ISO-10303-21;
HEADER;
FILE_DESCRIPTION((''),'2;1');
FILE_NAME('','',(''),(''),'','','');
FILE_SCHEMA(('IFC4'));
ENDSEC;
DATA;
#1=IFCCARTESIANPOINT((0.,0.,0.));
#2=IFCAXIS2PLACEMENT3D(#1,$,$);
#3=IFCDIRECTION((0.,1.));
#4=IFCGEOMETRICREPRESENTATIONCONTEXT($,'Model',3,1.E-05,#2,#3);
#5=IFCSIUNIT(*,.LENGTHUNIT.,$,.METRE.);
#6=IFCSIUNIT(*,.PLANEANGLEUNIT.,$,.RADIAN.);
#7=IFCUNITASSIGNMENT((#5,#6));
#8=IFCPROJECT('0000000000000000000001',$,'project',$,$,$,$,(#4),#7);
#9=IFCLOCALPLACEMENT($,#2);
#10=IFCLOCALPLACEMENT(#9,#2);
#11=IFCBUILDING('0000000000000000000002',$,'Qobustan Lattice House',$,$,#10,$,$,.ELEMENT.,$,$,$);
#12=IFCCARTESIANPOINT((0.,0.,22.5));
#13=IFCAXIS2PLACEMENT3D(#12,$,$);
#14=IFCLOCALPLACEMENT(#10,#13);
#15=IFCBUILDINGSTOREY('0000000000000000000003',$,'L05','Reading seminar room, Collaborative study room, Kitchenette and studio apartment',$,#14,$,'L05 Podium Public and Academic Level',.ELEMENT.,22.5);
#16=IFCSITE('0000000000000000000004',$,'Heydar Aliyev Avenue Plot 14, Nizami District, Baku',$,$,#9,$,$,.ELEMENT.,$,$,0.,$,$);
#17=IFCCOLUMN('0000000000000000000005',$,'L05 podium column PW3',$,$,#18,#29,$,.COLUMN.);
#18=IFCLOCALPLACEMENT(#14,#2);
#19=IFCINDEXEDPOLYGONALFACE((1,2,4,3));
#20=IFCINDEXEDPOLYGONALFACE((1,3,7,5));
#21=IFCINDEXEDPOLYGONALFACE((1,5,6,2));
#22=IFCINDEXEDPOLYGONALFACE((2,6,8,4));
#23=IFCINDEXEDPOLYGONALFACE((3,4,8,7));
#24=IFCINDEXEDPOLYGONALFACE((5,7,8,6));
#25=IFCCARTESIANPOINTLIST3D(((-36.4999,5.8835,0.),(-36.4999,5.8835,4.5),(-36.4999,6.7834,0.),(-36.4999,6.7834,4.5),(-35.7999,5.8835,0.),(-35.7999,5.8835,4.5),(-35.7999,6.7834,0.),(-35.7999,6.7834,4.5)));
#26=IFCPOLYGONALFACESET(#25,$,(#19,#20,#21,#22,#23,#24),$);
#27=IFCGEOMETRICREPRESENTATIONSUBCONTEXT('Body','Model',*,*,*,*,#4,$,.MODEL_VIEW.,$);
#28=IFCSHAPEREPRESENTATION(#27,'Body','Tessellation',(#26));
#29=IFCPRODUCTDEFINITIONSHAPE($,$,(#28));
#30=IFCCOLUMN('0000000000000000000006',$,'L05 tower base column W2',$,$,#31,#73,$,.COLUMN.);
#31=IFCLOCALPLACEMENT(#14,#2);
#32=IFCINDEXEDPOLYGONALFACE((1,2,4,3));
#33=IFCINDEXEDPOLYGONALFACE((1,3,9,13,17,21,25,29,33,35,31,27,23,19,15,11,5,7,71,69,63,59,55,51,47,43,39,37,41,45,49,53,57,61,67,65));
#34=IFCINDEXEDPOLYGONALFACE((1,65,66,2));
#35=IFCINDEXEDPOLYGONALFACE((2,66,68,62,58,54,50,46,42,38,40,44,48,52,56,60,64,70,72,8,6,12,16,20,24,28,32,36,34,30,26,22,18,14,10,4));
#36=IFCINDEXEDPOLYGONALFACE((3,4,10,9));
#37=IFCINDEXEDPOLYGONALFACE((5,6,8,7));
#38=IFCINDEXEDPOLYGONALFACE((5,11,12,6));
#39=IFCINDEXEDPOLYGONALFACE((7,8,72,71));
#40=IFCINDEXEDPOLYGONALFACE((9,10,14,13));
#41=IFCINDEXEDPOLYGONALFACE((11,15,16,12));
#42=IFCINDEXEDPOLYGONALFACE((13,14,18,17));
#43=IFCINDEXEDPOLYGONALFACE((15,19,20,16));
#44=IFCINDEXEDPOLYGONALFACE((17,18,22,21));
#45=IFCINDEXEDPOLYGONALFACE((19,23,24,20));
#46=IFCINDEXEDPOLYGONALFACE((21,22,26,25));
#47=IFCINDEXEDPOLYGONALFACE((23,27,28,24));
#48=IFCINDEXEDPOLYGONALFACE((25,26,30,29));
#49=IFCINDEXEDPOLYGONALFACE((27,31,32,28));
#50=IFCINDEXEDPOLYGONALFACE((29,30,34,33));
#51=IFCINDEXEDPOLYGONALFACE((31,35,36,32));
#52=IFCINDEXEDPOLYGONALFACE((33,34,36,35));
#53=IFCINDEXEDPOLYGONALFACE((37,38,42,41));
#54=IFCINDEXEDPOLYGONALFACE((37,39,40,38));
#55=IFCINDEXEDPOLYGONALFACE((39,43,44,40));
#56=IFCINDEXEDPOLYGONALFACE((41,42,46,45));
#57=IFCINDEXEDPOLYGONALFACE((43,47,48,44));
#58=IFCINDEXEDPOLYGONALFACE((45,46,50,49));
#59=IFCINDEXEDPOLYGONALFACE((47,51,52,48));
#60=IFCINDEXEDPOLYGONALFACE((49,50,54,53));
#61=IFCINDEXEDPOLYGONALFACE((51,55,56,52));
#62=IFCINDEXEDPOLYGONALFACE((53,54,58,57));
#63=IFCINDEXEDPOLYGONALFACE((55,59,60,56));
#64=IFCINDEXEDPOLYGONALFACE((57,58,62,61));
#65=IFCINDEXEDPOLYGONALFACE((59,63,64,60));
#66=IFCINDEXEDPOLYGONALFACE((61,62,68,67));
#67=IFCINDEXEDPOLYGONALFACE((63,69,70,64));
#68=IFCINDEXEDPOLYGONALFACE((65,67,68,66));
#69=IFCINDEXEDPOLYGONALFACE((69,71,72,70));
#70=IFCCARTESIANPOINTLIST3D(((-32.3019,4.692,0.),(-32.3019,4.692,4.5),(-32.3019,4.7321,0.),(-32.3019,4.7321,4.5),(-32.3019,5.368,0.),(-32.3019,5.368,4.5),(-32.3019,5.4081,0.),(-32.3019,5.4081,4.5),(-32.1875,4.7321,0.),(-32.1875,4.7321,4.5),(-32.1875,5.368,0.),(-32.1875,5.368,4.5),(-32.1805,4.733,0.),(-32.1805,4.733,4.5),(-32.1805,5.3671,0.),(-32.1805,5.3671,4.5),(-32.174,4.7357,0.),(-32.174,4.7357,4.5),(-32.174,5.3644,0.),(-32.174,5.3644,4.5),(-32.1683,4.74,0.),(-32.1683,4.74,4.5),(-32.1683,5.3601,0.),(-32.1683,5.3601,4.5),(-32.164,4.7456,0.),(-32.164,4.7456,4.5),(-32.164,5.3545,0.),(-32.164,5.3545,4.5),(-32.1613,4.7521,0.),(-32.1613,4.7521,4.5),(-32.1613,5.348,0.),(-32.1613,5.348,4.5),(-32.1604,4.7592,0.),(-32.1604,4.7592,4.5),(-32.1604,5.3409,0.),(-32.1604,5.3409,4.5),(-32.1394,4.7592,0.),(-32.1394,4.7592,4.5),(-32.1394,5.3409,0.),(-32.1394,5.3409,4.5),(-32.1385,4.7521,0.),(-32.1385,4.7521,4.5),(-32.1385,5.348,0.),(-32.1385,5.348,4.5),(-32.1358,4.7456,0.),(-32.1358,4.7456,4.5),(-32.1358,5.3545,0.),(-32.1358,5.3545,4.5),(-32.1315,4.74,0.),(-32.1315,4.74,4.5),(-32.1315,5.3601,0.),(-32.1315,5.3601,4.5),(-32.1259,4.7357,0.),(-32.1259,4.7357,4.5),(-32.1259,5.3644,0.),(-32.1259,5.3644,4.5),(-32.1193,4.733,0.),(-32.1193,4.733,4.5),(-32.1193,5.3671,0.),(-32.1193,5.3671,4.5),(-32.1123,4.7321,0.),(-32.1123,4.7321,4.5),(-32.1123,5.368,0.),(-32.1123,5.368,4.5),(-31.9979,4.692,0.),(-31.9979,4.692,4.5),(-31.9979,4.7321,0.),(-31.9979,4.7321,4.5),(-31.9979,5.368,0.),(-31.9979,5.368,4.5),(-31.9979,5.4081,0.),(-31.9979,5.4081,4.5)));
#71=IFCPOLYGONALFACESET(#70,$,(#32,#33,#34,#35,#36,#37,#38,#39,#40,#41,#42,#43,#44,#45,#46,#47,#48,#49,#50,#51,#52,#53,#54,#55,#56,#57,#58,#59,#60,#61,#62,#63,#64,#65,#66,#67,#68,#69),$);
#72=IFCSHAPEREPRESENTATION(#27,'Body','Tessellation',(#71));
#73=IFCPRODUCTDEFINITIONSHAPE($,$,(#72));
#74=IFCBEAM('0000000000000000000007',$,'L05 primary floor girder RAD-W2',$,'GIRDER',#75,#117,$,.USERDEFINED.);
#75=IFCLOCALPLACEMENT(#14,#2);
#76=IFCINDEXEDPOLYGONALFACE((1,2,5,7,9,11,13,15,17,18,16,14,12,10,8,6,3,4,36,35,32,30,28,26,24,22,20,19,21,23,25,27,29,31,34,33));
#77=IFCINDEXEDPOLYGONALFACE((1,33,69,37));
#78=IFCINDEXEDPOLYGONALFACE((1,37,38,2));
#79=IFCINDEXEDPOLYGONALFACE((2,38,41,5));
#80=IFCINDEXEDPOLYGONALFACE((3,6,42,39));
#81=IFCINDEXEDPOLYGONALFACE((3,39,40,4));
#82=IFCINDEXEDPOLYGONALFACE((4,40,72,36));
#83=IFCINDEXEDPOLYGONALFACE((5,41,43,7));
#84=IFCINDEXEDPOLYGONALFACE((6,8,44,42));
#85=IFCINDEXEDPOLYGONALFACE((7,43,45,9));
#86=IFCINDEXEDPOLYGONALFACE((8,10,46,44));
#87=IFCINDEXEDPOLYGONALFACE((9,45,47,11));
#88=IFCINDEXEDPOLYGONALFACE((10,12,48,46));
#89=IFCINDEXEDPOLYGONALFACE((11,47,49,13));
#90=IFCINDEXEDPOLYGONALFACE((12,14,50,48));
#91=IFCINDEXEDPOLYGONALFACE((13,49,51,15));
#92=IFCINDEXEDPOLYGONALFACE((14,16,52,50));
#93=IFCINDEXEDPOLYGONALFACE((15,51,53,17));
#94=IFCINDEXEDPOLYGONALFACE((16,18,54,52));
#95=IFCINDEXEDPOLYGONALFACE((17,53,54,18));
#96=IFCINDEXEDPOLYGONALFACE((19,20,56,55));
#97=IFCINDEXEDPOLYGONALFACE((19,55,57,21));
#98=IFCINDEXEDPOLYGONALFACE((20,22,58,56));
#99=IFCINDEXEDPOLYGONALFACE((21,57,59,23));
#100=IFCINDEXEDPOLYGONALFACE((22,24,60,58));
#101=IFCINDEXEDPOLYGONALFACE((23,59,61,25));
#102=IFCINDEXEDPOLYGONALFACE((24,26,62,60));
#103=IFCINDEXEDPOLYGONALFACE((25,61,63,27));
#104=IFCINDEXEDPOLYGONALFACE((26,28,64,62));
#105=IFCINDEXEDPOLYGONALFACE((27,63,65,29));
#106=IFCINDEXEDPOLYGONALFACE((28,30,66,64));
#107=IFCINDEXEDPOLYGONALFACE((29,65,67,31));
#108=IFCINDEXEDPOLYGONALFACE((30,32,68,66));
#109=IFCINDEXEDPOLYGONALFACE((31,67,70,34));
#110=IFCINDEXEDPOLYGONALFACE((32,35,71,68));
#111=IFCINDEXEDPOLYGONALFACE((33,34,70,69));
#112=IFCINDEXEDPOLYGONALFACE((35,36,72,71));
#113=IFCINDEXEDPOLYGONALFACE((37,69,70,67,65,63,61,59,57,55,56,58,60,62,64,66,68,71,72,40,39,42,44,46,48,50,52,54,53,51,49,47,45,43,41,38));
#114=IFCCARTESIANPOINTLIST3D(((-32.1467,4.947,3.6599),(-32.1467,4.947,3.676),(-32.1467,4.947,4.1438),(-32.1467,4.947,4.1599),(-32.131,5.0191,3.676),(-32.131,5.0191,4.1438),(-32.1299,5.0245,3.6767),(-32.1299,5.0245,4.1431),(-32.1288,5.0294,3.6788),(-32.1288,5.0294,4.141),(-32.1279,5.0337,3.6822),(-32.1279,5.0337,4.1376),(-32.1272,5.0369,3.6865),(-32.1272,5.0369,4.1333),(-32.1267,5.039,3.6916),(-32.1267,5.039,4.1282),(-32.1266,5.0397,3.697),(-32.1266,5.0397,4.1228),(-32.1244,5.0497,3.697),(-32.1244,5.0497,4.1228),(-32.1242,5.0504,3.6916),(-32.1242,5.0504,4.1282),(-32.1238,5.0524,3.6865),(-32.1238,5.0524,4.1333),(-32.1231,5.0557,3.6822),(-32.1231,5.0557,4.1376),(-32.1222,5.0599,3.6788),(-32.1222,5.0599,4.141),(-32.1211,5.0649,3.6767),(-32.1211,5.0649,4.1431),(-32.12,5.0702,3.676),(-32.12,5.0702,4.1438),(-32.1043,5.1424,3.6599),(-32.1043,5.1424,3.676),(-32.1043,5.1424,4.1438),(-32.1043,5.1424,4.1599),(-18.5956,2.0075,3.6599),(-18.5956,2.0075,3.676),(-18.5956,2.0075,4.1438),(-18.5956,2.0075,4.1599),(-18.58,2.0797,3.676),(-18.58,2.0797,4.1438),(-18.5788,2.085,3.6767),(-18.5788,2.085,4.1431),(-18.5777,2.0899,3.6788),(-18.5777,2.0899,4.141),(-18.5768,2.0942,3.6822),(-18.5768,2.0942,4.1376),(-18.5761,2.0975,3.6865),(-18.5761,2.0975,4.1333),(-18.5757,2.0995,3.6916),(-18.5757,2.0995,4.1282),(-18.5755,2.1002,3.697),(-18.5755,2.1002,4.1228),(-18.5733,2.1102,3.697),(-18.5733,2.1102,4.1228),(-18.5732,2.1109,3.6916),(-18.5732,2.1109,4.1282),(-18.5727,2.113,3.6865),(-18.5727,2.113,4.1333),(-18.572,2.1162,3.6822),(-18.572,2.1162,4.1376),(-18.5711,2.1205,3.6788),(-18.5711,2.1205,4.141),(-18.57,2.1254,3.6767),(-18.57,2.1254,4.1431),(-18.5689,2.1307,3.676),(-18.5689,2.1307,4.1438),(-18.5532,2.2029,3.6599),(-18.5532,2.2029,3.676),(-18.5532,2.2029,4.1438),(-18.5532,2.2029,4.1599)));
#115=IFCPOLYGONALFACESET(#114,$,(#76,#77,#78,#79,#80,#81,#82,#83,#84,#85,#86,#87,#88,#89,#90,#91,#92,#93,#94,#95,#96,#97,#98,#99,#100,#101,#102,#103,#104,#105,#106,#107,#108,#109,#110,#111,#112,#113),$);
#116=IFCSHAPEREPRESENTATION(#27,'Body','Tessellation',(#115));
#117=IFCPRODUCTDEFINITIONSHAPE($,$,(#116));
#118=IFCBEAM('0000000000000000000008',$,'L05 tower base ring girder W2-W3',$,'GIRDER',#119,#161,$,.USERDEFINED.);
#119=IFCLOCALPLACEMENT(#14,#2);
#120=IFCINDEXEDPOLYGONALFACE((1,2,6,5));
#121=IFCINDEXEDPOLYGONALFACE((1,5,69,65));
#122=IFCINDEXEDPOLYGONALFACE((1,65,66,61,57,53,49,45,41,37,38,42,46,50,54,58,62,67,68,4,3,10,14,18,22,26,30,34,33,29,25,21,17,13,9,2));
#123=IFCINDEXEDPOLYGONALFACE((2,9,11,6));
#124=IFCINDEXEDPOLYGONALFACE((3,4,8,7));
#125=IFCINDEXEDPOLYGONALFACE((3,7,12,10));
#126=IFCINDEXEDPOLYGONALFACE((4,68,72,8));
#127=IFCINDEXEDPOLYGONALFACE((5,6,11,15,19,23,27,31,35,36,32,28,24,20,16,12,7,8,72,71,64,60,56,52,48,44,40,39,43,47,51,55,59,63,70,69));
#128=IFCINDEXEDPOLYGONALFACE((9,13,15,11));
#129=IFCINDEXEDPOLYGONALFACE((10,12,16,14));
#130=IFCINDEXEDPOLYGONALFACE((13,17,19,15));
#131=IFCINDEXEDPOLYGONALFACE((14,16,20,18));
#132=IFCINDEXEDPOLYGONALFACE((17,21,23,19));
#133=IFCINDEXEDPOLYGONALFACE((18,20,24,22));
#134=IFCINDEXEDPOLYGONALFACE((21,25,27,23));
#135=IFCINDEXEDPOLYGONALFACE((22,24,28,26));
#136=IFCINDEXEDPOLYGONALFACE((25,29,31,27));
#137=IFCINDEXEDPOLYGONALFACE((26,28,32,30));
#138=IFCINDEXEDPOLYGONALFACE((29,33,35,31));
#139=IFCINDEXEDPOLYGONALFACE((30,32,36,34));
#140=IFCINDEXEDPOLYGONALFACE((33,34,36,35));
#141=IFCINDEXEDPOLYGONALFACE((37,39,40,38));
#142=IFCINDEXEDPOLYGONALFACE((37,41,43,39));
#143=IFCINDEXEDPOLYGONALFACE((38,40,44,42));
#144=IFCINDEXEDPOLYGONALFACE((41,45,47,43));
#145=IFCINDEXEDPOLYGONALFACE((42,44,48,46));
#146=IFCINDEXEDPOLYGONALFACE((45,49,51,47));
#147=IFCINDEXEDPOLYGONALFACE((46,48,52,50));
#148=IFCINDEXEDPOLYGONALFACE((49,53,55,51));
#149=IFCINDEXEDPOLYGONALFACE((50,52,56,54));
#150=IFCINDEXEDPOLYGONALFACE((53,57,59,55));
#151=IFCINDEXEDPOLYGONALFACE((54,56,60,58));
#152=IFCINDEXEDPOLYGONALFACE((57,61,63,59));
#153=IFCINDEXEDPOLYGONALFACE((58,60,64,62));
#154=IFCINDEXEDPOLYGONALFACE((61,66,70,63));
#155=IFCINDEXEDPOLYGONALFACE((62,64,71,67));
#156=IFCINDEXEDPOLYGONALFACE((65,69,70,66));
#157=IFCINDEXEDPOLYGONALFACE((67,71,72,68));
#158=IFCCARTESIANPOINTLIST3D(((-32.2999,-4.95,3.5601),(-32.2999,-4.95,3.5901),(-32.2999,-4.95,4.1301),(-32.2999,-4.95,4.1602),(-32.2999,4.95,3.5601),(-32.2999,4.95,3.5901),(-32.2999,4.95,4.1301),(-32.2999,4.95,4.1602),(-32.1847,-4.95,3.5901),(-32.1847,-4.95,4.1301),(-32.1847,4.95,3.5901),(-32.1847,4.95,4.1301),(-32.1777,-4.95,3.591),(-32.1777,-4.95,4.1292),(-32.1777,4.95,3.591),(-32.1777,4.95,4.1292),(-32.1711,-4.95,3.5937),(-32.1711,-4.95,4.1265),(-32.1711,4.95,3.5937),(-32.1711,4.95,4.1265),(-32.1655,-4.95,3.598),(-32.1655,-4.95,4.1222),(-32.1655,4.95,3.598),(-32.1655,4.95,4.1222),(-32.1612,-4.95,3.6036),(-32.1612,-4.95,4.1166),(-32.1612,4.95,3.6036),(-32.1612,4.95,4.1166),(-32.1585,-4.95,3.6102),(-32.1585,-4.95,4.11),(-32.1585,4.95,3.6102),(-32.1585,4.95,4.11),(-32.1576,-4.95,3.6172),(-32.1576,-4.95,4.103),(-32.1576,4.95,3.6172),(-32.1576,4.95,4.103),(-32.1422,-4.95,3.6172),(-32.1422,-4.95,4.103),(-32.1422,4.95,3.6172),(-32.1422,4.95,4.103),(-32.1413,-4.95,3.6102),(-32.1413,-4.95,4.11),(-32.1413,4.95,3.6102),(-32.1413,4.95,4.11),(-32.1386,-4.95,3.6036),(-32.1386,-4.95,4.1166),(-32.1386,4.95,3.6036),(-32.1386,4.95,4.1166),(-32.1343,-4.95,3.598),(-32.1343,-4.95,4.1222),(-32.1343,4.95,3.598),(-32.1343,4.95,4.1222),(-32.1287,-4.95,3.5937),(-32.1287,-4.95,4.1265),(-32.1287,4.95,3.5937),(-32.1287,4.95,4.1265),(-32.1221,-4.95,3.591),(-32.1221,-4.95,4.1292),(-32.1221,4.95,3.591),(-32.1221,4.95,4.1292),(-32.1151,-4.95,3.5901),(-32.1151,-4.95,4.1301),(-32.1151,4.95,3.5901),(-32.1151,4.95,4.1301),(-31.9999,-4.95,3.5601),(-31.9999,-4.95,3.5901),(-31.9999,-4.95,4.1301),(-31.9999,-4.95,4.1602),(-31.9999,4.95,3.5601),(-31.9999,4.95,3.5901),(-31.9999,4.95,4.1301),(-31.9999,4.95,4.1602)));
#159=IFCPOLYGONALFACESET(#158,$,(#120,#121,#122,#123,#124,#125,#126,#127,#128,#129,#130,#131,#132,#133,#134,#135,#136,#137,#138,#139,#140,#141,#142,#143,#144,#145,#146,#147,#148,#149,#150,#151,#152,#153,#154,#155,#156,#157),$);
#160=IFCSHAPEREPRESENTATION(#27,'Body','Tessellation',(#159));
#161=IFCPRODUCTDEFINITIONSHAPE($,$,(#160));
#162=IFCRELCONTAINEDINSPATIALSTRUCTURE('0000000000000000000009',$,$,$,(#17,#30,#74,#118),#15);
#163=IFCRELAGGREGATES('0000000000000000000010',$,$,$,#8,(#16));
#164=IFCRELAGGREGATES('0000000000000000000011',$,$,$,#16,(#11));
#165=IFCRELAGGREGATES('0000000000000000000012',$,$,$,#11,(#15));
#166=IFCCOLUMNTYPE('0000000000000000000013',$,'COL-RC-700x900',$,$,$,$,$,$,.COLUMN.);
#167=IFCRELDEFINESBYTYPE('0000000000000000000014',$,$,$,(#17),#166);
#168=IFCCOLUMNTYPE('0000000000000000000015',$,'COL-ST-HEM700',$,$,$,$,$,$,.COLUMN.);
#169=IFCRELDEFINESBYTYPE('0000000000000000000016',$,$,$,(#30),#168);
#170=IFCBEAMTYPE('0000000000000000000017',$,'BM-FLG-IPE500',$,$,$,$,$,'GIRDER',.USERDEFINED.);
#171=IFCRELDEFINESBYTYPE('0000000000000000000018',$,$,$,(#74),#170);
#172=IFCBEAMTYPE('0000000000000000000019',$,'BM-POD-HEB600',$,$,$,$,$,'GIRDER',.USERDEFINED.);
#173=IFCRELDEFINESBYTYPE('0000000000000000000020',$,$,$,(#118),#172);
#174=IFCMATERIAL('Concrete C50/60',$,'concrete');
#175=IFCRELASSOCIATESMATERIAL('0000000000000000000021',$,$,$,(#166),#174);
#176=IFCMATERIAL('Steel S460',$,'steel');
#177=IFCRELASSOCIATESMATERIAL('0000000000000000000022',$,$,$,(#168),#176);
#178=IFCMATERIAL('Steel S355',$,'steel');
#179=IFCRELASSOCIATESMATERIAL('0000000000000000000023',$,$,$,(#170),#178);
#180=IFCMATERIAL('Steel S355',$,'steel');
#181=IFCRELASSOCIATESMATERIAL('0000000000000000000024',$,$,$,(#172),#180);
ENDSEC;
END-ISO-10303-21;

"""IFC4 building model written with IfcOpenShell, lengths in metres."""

from ifc_helpers import new_model, si_unit, direction, frame, origin, origin_2d, place, context, subcontext, project, spatial, rectangle, i_section, extrude, material, material_profile, profile_set, type_object, element, save


model = new_model("IFC4")

# Units and contexts
model_context = context("Model", 3, precision=1e-05, world=origin(), true_north=direction((0.0, 1.0)))
body_context = subcontext(model_context, "Body", "Model", "MODEL_VIEW")
ifc_project = project(units=[si_unit("LENGTHUNIT", "METRE"), si_unit("PLANEANGLEUNIT", "RADIAN")], contexts=[model_context])

# Site, building, storey
site_placement = place(None, origin())
site = spatial("IfcSite", under=ifc_project, at=site_placement, Name="Heydar Aliyev Avenue Plot 14, Nizami District, Baku", CompositionType="ELEMENT", RefElevation=0.0)
building_placement = place(site_placement, origin())
building = spatial("IfcBuilding", under=site, at=building_placement, Name="Qobustan Lattice House", CompositionType="ELEMENT")
storey_placement = place(building_placement, frame((0.0, 0.0, 22.5)))
storey = spatial("IfcBuildingStorey", under=building, at=storey_placement, Name="L05", Description="Reading seminar room, Collaborative study room, Kitchenette and studio apartment", LongName="L05 Podium Public and Academic Level", CompositionType="ELEMENT", Elevation=22.5)

# Columns
ifc_material_1 = material(Name="Concrete C50/60", Category="concrete")
ifc_material_profile_1 = material_profile(ifc_material_1, rectangle(XDim=0.7, YDim=0.8999, at=origin_2d()), Name="RC700x900")
ifc_profile_set_1 = profile_set([ifc_material_profile_1], Name="Concrete C50/60")
column_type_1 = type_object("IfcColumnType", Name="COL-RC-700x900", PredefinedType="COLUMN", material=ifc_profile_set_1)
column_1_placement = place(storey_placement, frame((-36.1499, 6.3335, 0.0), z_axis=(0.0, 0.0, 1.0), x_axis=(1.0, 0.0, 0.0)))
element("IfcColumn", 1, at=column_1_placement, inside=storey, type_object=column_type_1, Name="L05 podium column PW3", PredefinedType="COLUMN", context=body_context, shape_type="SweptSolid", body=[
    extrude(rectangle(XDim=0.7, YDim=0.8999, at=origin_2d()), origin(), (0.0, 0.0, 1.0), 4.5),
])
ifc_material_2 = material(Name="Steel S460", Category="steel")
ifc_material_profile_2 = material_profile(ifc_material_2, i_section(OverallWidth=0.304, OverallDepth=0.7161, WebThickness=0.021, FlangeThickness=0.04, FilletRadius=0.0271, at=origin_2d()), Name="HEM700")
ifc_profile_set_2 = profile_set([ifc_material_profile_2], Name="Steel S460")
column_type_2 = type_object("IfcColumnType", Name="COL-ST-HEM700", PredefinedType="COLUMN", material=ifc_profile_set_2)
column_2_placement = place(storey_placement, frame((-32.1499, 5.05, 0.0), z_axis=(0.0, 0.0, 1.0), x_axis=(1.0, 0.0, 0.0)))
element("IfcColumn", 2, at=column_2_placement, inside=storey, type_object=column_type_2, Name="L05 tower base column W2", PredefinedType="COLUMN", context=body_context, shape_type="SweptSolid", body=[
    extrude(i_section(OverallWidth=0.304, OverallDepth=0.7161, WebThickness=0.021, FlangeThickness=0.04, FilletRadius=0.0271, at=origin_2d()), origin(), (0.0, 0.0, 1.0), 4.5),
])

# Beams
ifc_material_3 = material(Name="Steel S355", Category="steel")
ifc_material_profile_3 = material_profile(ifc_material_3, i_section(OverallWidth=0.2, OverallDepth=0.5, WebThickness=0.0103, FlangeThickness=0.0161, FilletRadius=0.021, at=origin_2d()), Name="IPE500")
ifc_profile_set_3 = profile_set([ifc_material_profile_3], Name="Steel S355")
beam_type_1 = type_object("IfcBeamType", Name="BM-FLG-IPE500", ElementType="GIRDER", PredefinedType="USERDEFINED", material=ifc_profile_set_3)
beam_1_placement = place(storey_placement, frame((-32.1255, 5.0447, 3.9099), z_axis=(0.977272, -0.211987, 0.0), x_axis=(0.211987, 0.977272, 0.0)))
element("IfcBeam", 3, at=beam_1_placement, inside=storey, type_object=beam_type_1, Name="L05 primary floor girder RAD-W2", ObjectType="GIRDER", PredefinedType="USERDEFINED", context=body_context, shape_type="SweptSolid", body=[
    extrude(i_section(OverallWidth=0.2, OverallDepth=0.5, WebThickness=0.0103, FlangeThickness=0.0161, FilletRadius=0.021, at=origin_2d()), origin(), (0.0, 0.0, 1.0), 13.8662),
])
ifc_material_4 = material(Name="Steel S355", Category="steel")
ifc_material_profile_4 = material_profile(ifc_material_4, i_section(OverallWidth=0.3, OverallDepth=0.6001, WebThickness=0.0154, FlangeThickness=0.03, FilletRadius=0.0271, at=origin_2d()), Name="HEB600")
ifc_profile_set_4 = profile_set([ifc_material_profile_4], Name="Steel S355")
beam_type_2 = type_object("IfcBeamType", Name="BM-POD-HEB600", ElementType="GIRDER", PredefinedType="USERDEFINED", material=ifc_profile_set_4)
beam_2_placement = place(storey_placement, frame((-32.1499, 4.95, 3.8601), z_axis=(0.0, -1.0, 0.0), x_axis=(1.0, 0.0, 0.0)))
element("IfcBeam", 4, at=beam_2_placement, inside=storey, type_object=beam_type_2, Name="L05 tower base ring girder W2-W3", ObjectType="GIRDER", PredefinedType="USERDEFINED", context=body_context, shape_type="SweptSolid", body=[
    extrude(i_section(OverallWidth=0.3, OverallDepth=0.6001, WebThickness=0.0154, FlangeThickness=0.03, FilletRadius=0.0271, at=origin_2d()), origin(), (0.0, 0.0, 1.0), 9.8999),
])

save(model, "model.ifc")
